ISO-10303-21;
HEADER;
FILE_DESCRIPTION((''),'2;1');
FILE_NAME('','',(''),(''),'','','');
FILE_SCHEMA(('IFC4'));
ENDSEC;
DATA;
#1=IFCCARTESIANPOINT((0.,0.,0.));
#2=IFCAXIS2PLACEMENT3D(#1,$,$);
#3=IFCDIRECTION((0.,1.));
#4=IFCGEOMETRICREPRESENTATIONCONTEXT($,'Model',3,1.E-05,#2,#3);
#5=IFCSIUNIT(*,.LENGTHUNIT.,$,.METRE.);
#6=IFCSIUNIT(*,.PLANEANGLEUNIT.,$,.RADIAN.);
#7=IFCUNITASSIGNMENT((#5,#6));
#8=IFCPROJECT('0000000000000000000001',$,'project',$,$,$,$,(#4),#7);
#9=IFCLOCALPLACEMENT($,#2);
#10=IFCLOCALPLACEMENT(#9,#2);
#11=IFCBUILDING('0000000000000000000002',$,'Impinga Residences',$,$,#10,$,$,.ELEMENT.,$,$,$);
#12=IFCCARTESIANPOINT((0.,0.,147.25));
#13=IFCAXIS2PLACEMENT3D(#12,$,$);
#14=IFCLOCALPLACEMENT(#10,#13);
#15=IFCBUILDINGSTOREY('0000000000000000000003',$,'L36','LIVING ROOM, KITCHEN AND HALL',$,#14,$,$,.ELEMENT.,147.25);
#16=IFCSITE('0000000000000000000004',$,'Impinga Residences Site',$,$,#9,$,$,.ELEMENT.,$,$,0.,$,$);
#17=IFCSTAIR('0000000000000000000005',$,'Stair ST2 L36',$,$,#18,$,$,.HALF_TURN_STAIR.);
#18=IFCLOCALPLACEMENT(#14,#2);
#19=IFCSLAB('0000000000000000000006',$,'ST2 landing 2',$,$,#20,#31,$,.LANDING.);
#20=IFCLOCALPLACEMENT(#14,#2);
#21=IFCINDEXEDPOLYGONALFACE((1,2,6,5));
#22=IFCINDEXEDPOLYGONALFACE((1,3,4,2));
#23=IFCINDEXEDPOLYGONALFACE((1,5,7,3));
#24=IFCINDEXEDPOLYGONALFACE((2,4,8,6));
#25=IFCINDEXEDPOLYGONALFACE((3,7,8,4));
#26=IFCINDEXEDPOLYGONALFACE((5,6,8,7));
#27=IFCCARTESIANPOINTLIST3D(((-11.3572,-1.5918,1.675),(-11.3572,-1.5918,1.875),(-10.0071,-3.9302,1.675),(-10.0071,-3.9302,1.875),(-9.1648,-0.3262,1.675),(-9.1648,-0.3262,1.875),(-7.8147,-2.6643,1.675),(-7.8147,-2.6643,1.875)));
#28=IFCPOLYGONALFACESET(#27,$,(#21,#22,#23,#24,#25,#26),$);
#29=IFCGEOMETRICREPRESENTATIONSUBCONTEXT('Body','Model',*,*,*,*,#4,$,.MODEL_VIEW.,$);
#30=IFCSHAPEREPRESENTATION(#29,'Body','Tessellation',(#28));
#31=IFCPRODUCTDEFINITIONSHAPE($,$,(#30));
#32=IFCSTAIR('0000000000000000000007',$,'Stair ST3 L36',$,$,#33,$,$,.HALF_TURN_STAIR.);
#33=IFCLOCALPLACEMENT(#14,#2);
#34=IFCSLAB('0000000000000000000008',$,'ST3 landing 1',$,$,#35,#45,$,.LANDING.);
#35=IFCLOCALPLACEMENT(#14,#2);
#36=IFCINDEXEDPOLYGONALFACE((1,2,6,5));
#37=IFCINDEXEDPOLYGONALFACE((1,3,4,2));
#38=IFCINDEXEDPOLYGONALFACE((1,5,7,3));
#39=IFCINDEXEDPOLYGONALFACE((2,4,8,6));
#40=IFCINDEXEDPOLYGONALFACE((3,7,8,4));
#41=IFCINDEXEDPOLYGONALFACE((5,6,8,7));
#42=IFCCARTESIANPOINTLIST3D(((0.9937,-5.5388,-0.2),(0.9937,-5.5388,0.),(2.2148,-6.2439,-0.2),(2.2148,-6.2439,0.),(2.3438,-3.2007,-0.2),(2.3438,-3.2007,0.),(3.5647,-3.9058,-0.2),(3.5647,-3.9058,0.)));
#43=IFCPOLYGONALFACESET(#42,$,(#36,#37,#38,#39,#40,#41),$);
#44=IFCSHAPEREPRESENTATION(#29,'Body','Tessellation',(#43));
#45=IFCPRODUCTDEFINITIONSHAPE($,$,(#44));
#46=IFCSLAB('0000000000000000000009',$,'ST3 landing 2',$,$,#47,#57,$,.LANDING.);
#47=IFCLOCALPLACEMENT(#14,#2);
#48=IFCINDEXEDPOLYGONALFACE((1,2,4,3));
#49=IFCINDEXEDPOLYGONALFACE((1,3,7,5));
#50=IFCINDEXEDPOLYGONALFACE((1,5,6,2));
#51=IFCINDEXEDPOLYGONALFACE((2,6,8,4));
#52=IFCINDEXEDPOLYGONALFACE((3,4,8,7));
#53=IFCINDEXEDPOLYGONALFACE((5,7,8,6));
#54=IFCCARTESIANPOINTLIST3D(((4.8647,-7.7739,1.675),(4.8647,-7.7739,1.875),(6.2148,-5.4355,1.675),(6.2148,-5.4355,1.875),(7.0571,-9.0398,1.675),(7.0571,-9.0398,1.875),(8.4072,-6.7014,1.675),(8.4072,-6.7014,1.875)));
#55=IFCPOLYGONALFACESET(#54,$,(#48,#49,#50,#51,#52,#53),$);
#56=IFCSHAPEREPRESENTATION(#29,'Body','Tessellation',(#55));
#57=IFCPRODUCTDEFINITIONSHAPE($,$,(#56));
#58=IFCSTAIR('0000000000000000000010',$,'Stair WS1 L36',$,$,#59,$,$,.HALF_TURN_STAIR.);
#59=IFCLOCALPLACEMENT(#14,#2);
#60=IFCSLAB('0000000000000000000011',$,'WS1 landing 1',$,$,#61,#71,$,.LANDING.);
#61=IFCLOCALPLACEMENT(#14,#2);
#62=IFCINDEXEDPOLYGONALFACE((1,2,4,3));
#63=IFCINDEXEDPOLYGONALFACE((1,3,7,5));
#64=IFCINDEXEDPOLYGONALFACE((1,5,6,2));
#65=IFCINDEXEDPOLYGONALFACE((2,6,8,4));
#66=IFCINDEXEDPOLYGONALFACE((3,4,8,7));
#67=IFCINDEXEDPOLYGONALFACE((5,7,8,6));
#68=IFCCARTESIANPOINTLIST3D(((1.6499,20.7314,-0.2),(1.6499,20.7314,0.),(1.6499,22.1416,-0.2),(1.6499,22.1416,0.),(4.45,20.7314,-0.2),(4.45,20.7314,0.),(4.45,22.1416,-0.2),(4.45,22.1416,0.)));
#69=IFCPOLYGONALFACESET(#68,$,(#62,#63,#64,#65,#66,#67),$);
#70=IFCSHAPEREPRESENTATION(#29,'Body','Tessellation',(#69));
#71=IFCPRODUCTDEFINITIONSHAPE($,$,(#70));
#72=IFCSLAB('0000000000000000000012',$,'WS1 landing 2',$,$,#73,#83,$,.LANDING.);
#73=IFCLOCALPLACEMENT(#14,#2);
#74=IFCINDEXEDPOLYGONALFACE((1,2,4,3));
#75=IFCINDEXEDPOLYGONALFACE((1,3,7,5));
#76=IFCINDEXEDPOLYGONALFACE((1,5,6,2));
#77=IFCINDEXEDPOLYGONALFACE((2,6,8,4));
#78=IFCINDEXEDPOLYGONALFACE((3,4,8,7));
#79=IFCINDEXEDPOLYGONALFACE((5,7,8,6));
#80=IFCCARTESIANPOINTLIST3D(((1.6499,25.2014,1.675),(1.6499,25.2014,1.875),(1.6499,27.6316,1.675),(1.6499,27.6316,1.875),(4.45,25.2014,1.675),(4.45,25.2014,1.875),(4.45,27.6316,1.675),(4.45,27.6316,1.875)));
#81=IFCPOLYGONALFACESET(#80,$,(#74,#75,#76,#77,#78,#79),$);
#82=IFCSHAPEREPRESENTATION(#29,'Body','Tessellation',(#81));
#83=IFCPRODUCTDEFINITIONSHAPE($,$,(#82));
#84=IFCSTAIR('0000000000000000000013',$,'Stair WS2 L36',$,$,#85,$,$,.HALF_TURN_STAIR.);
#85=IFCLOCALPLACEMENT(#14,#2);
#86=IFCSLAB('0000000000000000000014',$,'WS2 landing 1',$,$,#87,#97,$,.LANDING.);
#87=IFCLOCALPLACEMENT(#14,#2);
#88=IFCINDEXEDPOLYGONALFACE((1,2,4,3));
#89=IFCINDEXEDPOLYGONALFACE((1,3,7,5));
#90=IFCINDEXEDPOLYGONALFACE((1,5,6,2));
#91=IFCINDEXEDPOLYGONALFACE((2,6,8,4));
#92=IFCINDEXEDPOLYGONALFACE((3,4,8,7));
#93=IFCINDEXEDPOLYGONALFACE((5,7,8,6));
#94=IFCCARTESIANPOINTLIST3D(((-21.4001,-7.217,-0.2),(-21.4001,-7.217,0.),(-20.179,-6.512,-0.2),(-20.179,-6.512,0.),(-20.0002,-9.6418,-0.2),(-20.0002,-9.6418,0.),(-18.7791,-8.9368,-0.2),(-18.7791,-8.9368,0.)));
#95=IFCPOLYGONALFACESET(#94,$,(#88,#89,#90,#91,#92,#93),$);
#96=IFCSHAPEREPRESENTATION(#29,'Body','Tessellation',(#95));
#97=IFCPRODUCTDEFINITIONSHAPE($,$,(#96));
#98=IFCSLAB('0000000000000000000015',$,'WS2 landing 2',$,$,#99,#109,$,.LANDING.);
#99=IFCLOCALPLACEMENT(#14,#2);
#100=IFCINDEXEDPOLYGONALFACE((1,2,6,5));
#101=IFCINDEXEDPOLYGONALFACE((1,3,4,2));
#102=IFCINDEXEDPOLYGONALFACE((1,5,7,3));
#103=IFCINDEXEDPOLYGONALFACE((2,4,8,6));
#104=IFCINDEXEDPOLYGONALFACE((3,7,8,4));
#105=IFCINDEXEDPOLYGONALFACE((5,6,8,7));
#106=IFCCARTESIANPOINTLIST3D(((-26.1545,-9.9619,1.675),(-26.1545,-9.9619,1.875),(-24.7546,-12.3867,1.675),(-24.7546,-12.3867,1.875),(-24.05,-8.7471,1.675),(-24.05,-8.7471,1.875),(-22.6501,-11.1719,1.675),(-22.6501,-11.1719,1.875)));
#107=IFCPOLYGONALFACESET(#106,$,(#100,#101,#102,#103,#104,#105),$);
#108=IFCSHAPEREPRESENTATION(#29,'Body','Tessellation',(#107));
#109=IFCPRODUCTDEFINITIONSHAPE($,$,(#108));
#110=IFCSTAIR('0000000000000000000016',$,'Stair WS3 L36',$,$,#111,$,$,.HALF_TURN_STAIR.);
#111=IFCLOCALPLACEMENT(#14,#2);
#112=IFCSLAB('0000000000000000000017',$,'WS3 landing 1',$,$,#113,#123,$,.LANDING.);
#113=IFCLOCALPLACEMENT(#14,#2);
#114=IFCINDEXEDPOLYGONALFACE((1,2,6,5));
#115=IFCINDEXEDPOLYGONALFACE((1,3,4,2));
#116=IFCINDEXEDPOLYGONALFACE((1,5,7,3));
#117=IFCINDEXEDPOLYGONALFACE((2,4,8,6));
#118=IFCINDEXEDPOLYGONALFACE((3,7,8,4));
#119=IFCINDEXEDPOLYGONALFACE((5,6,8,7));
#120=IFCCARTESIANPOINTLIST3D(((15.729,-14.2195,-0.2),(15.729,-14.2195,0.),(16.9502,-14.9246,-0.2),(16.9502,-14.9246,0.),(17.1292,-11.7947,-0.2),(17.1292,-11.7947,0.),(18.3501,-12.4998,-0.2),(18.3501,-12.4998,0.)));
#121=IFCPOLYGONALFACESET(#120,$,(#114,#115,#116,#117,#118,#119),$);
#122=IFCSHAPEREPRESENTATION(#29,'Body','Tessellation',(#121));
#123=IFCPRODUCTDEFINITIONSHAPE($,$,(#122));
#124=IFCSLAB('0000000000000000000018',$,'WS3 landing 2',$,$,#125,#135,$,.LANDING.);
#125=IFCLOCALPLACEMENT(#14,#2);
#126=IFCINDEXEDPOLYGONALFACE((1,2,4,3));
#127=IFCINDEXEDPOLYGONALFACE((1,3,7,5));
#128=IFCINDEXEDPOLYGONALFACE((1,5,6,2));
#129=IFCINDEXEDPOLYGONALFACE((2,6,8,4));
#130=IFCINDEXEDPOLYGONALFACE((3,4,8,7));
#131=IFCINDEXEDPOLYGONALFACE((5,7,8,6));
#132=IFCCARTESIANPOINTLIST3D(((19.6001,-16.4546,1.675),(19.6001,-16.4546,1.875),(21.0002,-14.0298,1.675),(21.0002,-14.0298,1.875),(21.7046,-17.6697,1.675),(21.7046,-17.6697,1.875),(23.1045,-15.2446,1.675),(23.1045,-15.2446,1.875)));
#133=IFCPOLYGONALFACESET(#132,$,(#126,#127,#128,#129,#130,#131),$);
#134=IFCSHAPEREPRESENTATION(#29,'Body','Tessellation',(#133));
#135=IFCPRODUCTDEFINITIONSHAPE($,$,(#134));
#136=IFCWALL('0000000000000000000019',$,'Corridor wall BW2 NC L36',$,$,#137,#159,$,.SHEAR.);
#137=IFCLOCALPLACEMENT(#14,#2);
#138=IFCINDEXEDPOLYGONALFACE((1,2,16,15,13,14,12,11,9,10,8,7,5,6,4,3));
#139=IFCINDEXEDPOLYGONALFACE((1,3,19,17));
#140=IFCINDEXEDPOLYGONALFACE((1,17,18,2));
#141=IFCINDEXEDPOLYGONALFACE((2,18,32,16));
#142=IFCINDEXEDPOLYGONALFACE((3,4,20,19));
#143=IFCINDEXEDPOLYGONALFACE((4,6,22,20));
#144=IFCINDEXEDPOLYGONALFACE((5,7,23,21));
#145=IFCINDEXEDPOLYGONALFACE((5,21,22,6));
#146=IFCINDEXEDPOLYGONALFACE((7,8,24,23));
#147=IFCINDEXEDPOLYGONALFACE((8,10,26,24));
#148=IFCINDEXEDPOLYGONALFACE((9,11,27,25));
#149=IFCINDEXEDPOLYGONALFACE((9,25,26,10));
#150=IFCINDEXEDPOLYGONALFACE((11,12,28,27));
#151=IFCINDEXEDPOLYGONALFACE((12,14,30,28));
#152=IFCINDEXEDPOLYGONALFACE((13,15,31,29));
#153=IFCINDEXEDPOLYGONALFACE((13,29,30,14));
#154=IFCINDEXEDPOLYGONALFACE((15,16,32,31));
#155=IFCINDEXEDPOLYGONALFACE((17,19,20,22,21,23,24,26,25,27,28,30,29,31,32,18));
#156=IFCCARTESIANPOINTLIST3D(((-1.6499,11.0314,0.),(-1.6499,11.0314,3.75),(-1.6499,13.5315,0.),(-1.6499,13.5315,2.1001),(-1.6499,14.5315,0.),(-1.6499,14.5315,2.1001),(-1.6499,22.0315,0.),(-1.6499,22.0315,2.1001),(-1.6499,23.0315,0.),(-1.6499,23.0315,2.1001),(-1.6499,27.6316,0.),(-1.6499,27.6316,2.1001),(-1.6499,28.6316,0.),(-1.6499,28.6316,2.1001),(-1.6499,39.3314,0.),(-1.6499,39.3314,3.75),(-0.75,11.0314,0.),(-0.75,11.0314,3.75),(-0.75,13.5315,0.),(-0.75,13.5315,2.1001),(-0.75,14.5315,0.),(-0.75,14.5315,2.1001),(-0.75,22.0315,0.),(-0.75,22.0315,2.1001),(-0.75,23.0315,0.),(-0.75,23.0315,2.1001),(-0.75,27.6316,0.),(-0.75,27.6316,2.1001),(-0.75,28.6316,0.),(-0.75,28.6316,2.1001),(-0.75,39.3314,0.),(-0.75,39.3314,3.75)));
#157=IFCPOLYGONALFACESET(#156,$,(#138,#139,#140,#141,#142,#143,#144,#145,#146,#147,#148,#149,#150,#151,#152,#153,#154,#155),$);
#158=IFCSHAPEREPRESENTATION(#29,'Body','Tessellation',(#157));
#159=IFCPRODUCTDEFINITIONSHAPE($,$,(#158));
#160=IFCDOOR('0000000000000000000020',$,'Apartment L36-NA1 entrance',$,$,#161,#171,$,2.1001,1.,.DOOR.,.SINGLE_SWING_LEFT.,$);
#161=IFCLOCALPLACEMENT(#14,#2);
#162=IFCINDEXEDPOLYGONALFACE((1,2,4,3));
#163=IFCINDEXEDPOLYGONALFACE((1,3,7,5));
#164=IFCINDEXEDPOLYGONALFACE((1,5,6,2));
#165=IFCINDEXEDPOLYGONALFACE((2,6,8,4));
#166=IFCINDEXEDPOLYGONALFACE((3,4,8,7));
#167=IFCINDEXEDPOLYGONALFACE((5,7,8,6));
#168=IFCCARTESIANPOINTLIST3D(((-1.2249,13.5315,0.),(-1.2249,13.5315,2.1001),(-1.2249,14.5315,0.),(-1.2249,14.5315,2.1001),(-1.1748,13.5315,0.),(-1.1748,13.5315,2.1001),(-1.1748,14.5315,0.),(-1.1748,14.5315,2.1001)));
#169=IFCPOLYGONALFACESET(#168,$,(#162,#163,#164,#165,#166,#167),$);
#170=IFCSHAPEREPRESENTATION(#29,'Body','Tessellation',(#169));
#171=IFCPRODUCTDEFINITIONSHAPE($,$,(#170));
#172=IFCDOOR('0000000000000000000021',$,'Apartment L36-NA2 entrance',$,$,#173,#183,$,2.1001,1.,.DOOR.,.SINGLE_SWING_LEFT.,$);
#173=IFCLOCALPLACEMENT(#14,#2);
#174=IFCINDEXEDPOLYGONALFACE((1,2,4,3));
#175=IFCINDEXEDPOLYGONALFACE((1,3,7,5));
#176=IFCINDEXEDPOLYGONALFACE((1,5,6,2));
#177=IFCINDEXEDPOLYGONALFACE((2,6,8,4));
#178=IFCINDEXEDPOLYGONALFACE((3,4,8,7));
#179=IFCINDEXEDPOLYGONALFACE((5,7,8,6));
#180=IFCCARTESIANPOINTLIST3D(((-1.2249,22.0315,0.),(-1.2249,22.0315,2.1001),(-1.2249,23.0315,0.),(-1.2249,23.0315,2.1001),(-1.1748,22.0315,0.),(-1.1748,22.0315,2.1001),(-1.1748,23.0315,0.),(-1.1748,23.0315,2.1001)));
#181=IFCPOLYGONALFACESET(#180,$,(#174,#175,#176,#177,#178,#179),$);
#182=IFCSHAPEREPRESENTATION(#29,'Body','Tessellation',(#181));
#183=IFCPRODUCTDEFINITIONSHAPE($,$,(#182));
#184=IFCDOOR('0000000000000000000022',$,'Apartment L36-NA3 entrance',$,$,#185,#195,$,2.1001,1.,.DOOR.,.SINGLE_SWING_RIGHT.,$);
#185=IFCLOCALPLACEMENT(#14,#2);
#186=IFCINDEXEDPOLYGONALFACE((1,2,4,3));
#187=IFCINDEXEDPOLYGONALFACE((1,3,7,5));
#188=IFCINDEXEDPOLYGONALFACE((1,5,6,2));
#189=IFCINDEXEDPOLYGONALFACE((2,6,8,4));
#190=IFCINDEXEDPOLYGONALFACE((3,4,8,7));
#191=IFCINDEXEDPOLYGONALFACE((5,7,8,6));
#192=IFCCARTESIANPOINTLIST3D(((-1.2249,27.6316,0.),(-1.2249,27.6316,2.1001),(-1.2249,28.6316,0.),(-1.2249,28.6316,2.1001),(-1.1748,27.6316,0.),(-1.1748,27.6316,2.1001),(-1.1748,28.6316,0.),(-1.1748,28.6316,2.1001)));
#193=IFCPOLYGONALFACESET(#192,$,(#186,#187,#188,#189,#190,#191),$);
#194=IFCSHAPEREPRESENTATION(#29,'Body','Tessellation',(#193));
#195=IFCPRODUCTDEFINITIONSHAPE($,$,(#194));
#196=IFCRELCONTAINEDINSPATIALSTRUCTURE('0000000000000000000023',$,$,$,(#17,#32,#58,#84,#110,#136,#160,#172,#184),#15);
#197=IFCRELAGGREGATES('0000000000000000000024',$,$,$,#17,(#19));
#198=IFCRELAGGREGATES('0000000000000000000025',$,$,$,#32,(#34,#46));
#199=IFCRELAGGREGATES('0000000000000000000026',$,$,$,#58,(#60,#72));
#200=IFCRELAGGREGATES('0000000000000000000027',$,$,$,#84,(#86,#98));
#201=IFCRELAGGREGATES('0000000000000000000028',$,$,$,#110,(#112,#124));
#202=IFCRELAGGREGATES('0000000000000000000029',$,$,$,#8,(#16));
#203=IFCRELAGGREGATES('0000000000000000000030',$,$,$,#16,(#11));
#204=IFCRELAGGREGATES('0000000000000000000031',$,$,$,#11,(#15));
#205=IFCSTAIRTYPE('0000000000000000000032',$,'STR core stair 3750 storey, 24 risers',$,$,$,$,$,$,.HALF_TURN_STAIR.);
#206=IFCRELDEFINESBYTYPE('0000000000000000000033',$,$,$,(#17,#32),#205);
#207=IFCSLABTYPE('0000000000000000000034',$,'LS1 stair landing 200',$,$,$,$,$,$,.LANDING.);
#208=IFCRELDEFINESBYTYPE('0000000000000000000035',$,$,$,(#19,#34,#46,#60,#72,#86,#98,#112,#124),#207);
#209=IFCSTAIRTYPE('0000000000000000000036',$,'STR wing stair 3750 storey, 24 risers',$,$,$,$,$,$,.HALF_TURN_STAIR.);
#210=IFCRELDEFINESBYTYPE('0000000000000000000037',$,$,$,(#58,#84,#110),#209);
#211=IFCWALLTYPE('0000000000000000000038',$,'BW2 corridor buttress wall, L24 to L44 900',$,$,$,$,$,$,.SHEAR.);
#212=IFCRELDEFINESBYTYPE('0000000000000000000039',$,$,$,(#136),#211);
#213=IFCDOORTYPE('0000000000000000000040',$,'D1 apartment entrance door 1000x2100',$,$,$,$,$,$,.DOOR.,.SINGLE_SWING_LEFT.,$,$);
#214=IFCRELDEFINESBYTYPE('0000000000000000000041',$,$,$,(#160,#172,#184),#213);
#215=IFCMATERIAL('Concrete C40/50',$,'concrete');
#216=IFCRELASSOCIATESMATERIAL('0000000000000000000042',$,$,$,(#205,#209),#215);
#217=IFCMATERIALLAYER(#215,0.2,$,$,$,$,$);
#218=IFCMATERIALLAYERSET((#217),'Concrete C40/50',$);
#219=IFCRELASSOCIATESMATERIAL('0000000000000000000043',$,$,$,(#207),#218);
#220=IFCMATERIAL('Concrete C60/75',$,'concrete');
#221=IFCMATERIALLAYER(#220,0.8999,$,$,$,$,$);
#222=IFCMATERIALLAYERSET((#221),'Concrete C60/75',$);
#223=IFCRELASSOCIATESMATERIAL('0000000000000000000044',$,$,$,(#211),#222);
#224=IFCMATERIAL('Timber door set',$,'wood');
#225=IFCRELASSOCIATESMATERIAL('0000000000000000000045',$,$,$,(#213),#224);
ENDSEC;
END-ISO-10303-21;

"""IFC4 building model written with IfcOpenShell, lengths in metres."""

from ifc_helpers import new_model, si_unit, direction, frame, frame_2d, origin, place, context, subcontext, project, spatial, polyline, rectangle, outline, extrude, material, layer, layer_set, type_object, element, fill, aggregate, save


model = new_model("IFC4")

# Units and contexts
model_context = context("Model", 3, precision=1e-05, world=origin(), true_north=direction((0.0, 1.0)))
body_context = subcontext(model_context, "Body", "Model", "MODEL_VIEW")
ifc_project = project(units=[si_unit("LENGTHUNIT", "METRE"), si_unit("PLANEANGLEUNIT", "RADIAN")], contexts=[model_context])

# Site, building, storey
site_placement = place(None, origin())
site = spatial("IfcSite", under=ifc_project, at=site_placement, Name="Impinga Residences Site", CompositionType="ELEMENT", RefElevation=0.0)
building_placement = place(site_placement, origin())
building = spatial("IfcBuilding", under=site, at=building_placement, Name="Impinga Residences", CompositionType="ELEMENT")
storey_placement = place(building_placement, frame((0.0, 0.0, 147.25)))
storey = spatial("IfcBuildingStorey", under=building, at=storey_placement, Name="L36", Description="LIVING ROOM, KITCHEN AND HALL", CompositionType="ELEMENT", Elevation=147.25)

# Shared definitions
ifc_material_1 = material(Name="Concrete C60/75", Category="concrete")

# Stairs, slabs
ifc_material_2 = material(Name="Concrete C40/50", Category="concrete")
stair_type_1 = type_object("IfcStairType", Name="STR core stair 3750 storey, 24 risers", PredefinedType="HALF_TURN_STAIR", material=ifc_material_2)
ifc_layer_1 = layer(ifc_material_2, 0.2)
ifc_layer_set_1 = layer_set([ifc_layer_1], Name="Concrete C40/50")
slab_type_1 = type_object("IfcSlabType", Name="LS1 stair landing 200", PredefinedType="LANDING", material=ifc_layer_set_1)
stair_1_placement = place(storey_placement, origin())
stair_1 = element("IfcStair", 1, at=stair_1_placement, inside=storey, type_object=stair_type_1, Name="Stair ST2 L36", PredefinedType="HALF_TURN_STAIR")
slab_1_placement = place(storey_placement, frame((0.0, 0.0, 1.675)))
slab_1 = element("IfcSlab", 2, at=slab_1_placement, type_object=slab_type_1, Name="ST2 landing 2", PredefinedType="LANDING", context=body_context, shape_type="SweptSolid", body=[
    extrude(outline(polyline([(-7.8147, -2.6643), (-9.1648, -0.3262), (-11.3572, -1.5918), (-10.0071, -3.9302), (-7.8147, -2.6643)])), origin(), (0.0, 0.0, 1.0), 0.2),
])
aggregate(stair_1, [slab_1])
stair_2_placement = place(storey_placement, origin())
stair_2 = element("IfcStair", 3, at=stair_2_placement, inside=storey, type_object=stair_type_1, Name="Stair ST3 L36", PredefinedType="HALF_TURN_STAIR")
slab_2_placement = place(storey_placement, frame((0.0, 0.0, -0.2)))
slab_2 = element("IfcSlab", 4, at=slab_2_placement, type_object=slab_type_1, Name="ST3 landing 1", PredefinedType="LANDING", context=body_context, shape_type="SweptSolid", body=[
    extrude(outline(polyline([(2.3438, -3.2007), (0.9937, -5.5388), (2.2148, -6.2439), (3.5647, -3.9058), (2.3438, -3.2007)])), origin(), (0.0, 0.0, 1.0), 0.2),
])
slab_3_placement = place(storey_placement, frame((0.0, 0.0, 1.675)))
slab_3 = element("IfcSlab", 5, at=slab_3_placement, type_object=slab_type_1, Name="ST3 landing 2", PredefinedType="LANDING", context=body_context, shape_type="SweptSolid", body=[
    extrude(outline(polyline([(6.2148, -5.4355), (4.8647, -7.7739), (7.0571, -9.0398), (8.4072, -6.7014), (6.2148, -5.4355)])), origin(), (0.0, 0.0, 1.0), 0.2),
])
aggregate(stair_2, [slab_2, slab_3])
stair_type_2 = type_object("IfcStairType", Name="STR wing stair 3750 storey, 24 risers", PredefinedType="HALF_TURN_STAIR", material=ifc_material_2)
stair_3_placement = place(storey_placement, origin())
stair_3 = element("IfcStair", 6, at=stair_3_placement, inside=storey, type_object=stair_type_2, Name="Stair WS1 L36", PredefinedType="HALF_TURN_STAIR")
slab_4_placement = place(storey_placement, frame((0.0, 0.0, -0.2)))
slab_4 = element("IfcSlab", 7, at=slab_4_placement, type_object=slab_type_1, Name="WS1 landing 1", PredefinedType="LANDING", context=body_context, shape_type="SweptSolid", body=[
    extrude(outline(polyline([(1.6499, 20.7314), (4.45, 20.7314), (4.45, 22.1416), (1.6499, 22.1416), (1.6499, 20.7314)])), origin(), (0.0, 0.0, 1.0), 0.2),
])
slab_5_placement = place(storey_placement, frame((0.0, 0.0, 1.675)))
slab_5 = element("IfcSlab", 8, at=slab_5_placement, type_object=slab_type_1, Name="WS1 landing 2", PredefinedType="LANDING", context=body_context, shape_type="SweptSolid", body=[
    extrude(outline(polyline([(1.6499, 25.2014), (4.45, 25.2014), (4.45, 27.6316), (1.6499, 27.6316), (1.6499, 25.2014)])), origin(), (0.0, 0.0, 1.0), 0.2),
])
aggregate(stair_3, [slab_4, slab_5])
stair_4_placement = place(storey_placement, origin())
stair_4 = element("IfcStair", 9, at=stair_4_placement, inside=storey, type_object=stair_type_2, Name="Stair WS2 L36", PredefinedType="HALF_TURN_STAIR")
slab_6_placement = place(storey_placement, frame((0.0, 0.0, -0.2)))
slab_6 = element("IfcSlab", 10, at=slab_6_placement, type_object=slab_type_1, Name="WS2 landing 1", PredefinedType="LANDING", context=body_context, shape_type="SweptSolid", body=[
    extrude(outline(polyline([(-18.7791, -8.9368), (-20.179, -6.512), (-21.4001, -7.217), (-20.0002, -9.6418), (-18.7791, -8.9368)])), origin(), (0.0, 0.0, 1.0), 0.2),
])
slab_7_placement = place(storey_placement, frame((0.0, 0.0, 1.675)))
slab_7 = element("IfcSlab", 11, at=slab_7_placement, type_object=slab_type_1, Name="WS2 landing 2", PredefinedType="LANDING", context=body_context, shape_type="SweptSolid", body=[
    extrude(outline(polyline([(-22.6501, -11.1719), (-24.05, -8.7471), (-26.1545, -9.9619), (-24.7546, -12.3867), (-22.6501, -11.1719)])), origin(), (0.0, 0.0, 1.0), 0.2),
])
aggregate(stair_4, [slab_6, slab_7])
stair_5_placement = place(storey_placement, origin())
stair_5 = element("IfcStair", 12, at=stair_5_placement, inside=storey, type_object=stair_type_2, Name="Stair WS3 L36", PredefinedType="HALF_TURN_STAIR")
slab_8_placement = place(storey_placement, frame((0.0, 0.0, -0.2)))
slab_8 = element("IfcSlab", 13, at=slab_8_placement, type_object=slab_type_1, Name="WS3 landing 1", PredefinedType="LANDING", context=body_context, shape_type="SweptSolid", body=[
    extrude(outline(polyline([(17.1292, -11.7947), (15.729, -14.2195), (16.9502, -14.9246), (18.3501, -12.4998), (17.1292, -11.7947)])), origin(), (0.0, 0.0, 1.0), 0.2),
])
slab_9_placement = place(storey_placement, frame((0.0, 0.0, 1.675)))
slab_9 = element("IfcSlab", 14, at=slab_9_placement, type_object=slab_type_1, Name="WS3 landing 2", PredefinedType="LANDING", context=body_context, shape_type="SweptSolid", body=[
    extrude(outline(polyline([(21.0002, -14.0298), (19.6001, -16.4546), (21.7046, -17.6697), (23.1045, -15.2446), (21.0002, -14.0298)])), origin(), (0.0, 0.0, 1.0), 0.2),
])
aggregate(stair_5, [slab_8, slab_9])

# Wall, openings, doors
ifc_layer_2 = layer(ifc_material_1, 0.8999)
ifc_layer_set_2 = layer_set([ifc_layer_2], Name="Concrete C60/75")
wall_type_1 = type_object("IfcWallType", Name="BW2 corridor buttress wall, L24 to L44 900", PredefinedType="SHEAR", material=ifc_layer_set_2)
wall_1_placement = place(storey_placement, frame((-1.2, 11.0315, 0.0), z_axis=(0.0, 0.0, 1.0), x_axis=(0.0, 1.0, 0.0)))
wall_1 = element("IfcWall", 15, at=wall_1_placement, inside=storey, type_object=wall_type_1, Name="Corridor wall BW2 NC L36", PredefinedType="SHEAR", context=body_context, shape_type="SweptSolid", body=[
    extrude(rectangle(XDim=28.3, YDim=0.8999, at=frame_2d((14.1499, 0.0))), origin(), (0.0, 0.0, 1.0), 3.75),
])
opening_1_placement = place(wall_1_placement, frame((2.5, 0.0, 0.0)))
opening_1 = element("IfcOpeningElement", 16, at=opening_1_placement, cuts=wall_1, PredefinedType="OPENING", context=body_context, shape_type="SweptSolid", body=[
    extrude(rectangle(XDim=1.0, YDim=2.1001, at=frame_2d((0.5, 1.05))), frame((0.0, 0.46, 0.0), z_axis=(0.0, -1.0, 0.0), x_axis=(1.0, 0.0, 0.0)), (0.0, 0.0, 1.0), 0.9199),
])
opening_2_placement = place(wall_1_placement, frame((11.0, 0.0, 0.0)))
opening_2 = element("IfcOpeningElement", 17, at=opening_2_placement, cuts=wall_1, PredefinedType="OPENING", context=body_context, shape_type="SweptSolid", body=[
    extrude(rectangle(XDim=1.0, YDim=2.1001, at=frame_2d((0.5, 1.05))), frame((0.0, 0.46, 0.0), z_axis=(0.0, -1.0, 0.0), x_axis=(1.0, 0.0, 0.0)), (0.0, 0.0, 1.0), 0.9199),
])
opening_3_placement = place(wall_1_placement, frame((16.6001, 0.0, 0.0)))
opening_3 = element("IfcOpeningElement", 18, at=opening_3_placement, cuts=wall_1, PredefinedType="OPENING", context=body_context, shape_type="SweptSolid", body=[
    extrude(rectangle(XDim=1.0, YDim=2.1001, at=frame_2d((0.5, 1.05))), frame((0.0, 0.46, 0.0), z_axis=(0.0, -1.0, 0.0), x_axis=(1.0, 0.0, 0.0)), (0.0, 0.0, 1.0), 0.9199),
])
ifc_material_3 = material(Name="Timber door set", Category="wood")
door_type_1 = type_object("IfcDoorType", Name="D1 apartment entrance door 1000x2100", OperationType="SINGLE_SWING_LEFT", PredefinedType="DOOR", material=ifc_material_3)
door_1_placement = place(opening_1_placement, origin())
door_1 = element("IfcDoor", 19, at=door_1_placement, inside=storey, type_object=door_type_1, Name="Apartment L36-NA1 entrance", OperationType="SINGLE_SWING_LEFT", OverallHeight=2.1001, OverallWidth=1.0, PredefinedType="DOOR", context=body_context, shape_type="SweptSolid", body=[
    extrude(rectangle(XDim=1.0, YDim=2.1001, at=frame_2d((0.5, 1.05))), frame((0.0, 0.0249, 0.0), z_axis=(0.0, -1.0, 0.0), x_axis=(1.0, 0.0, 0.0)), (0.0, 0.0, 1.0), 0.05),
])
fill(opening_1, door_1)
door_2_placement = place(opening_2_placement, origin())
door_2 = element("IfcDoor", 20, at=door_2_placement, inside=storey, type_object=door_type_1, Name="Apartment L36-NA2 entrance", OperationType="SINGLE_SWING_LEFT", OverallHeight=2.1001, OverallWidth=1.0, PredefinedType="DOOR", context=body_context, shape_type="SweptSolid", body=[
    extrude(rectangle(XDim=1.0, YDim=2.1001, at=frame_2d((0.5, 1.05))), frame((0.0, 0.0249, 0.0), z_axis=(0.0, -1.0, 0.0), x_axis=(1.0, 0.0, 0.0)), (0.0, 0.0, 1.0), 0.05),
])
fill(opening_2, door_2)
door_3_placement = place(opening_3_placement, origin())
door_3 = element("IfcDoor", 21, at=door_3_placement, inside=storey, type_object=door_type_1, Name="Apartment L36-NA3 entrance", OperationType="SINGLE_SWING_RIGHT", OverallHeight=2.1001, OverallWidth=1.0, PredefinedType="DOOR", context=body_context, shape_type="SweptSolid", body=[
    extrude(rectangle(XDim=1.0, YDim=2.1001, at=frame_2d((0.5, 1.05))), frame((0.0, 0.0249, 0.0), z_axis=(0.0, -1.0, 0.0), x_axis=(1.0, 0.0, 0.0)), (0.0, 0.0, 1.0), 0.05),
])
fill(opening_3, door_3)

save(model, "model.ifc")
